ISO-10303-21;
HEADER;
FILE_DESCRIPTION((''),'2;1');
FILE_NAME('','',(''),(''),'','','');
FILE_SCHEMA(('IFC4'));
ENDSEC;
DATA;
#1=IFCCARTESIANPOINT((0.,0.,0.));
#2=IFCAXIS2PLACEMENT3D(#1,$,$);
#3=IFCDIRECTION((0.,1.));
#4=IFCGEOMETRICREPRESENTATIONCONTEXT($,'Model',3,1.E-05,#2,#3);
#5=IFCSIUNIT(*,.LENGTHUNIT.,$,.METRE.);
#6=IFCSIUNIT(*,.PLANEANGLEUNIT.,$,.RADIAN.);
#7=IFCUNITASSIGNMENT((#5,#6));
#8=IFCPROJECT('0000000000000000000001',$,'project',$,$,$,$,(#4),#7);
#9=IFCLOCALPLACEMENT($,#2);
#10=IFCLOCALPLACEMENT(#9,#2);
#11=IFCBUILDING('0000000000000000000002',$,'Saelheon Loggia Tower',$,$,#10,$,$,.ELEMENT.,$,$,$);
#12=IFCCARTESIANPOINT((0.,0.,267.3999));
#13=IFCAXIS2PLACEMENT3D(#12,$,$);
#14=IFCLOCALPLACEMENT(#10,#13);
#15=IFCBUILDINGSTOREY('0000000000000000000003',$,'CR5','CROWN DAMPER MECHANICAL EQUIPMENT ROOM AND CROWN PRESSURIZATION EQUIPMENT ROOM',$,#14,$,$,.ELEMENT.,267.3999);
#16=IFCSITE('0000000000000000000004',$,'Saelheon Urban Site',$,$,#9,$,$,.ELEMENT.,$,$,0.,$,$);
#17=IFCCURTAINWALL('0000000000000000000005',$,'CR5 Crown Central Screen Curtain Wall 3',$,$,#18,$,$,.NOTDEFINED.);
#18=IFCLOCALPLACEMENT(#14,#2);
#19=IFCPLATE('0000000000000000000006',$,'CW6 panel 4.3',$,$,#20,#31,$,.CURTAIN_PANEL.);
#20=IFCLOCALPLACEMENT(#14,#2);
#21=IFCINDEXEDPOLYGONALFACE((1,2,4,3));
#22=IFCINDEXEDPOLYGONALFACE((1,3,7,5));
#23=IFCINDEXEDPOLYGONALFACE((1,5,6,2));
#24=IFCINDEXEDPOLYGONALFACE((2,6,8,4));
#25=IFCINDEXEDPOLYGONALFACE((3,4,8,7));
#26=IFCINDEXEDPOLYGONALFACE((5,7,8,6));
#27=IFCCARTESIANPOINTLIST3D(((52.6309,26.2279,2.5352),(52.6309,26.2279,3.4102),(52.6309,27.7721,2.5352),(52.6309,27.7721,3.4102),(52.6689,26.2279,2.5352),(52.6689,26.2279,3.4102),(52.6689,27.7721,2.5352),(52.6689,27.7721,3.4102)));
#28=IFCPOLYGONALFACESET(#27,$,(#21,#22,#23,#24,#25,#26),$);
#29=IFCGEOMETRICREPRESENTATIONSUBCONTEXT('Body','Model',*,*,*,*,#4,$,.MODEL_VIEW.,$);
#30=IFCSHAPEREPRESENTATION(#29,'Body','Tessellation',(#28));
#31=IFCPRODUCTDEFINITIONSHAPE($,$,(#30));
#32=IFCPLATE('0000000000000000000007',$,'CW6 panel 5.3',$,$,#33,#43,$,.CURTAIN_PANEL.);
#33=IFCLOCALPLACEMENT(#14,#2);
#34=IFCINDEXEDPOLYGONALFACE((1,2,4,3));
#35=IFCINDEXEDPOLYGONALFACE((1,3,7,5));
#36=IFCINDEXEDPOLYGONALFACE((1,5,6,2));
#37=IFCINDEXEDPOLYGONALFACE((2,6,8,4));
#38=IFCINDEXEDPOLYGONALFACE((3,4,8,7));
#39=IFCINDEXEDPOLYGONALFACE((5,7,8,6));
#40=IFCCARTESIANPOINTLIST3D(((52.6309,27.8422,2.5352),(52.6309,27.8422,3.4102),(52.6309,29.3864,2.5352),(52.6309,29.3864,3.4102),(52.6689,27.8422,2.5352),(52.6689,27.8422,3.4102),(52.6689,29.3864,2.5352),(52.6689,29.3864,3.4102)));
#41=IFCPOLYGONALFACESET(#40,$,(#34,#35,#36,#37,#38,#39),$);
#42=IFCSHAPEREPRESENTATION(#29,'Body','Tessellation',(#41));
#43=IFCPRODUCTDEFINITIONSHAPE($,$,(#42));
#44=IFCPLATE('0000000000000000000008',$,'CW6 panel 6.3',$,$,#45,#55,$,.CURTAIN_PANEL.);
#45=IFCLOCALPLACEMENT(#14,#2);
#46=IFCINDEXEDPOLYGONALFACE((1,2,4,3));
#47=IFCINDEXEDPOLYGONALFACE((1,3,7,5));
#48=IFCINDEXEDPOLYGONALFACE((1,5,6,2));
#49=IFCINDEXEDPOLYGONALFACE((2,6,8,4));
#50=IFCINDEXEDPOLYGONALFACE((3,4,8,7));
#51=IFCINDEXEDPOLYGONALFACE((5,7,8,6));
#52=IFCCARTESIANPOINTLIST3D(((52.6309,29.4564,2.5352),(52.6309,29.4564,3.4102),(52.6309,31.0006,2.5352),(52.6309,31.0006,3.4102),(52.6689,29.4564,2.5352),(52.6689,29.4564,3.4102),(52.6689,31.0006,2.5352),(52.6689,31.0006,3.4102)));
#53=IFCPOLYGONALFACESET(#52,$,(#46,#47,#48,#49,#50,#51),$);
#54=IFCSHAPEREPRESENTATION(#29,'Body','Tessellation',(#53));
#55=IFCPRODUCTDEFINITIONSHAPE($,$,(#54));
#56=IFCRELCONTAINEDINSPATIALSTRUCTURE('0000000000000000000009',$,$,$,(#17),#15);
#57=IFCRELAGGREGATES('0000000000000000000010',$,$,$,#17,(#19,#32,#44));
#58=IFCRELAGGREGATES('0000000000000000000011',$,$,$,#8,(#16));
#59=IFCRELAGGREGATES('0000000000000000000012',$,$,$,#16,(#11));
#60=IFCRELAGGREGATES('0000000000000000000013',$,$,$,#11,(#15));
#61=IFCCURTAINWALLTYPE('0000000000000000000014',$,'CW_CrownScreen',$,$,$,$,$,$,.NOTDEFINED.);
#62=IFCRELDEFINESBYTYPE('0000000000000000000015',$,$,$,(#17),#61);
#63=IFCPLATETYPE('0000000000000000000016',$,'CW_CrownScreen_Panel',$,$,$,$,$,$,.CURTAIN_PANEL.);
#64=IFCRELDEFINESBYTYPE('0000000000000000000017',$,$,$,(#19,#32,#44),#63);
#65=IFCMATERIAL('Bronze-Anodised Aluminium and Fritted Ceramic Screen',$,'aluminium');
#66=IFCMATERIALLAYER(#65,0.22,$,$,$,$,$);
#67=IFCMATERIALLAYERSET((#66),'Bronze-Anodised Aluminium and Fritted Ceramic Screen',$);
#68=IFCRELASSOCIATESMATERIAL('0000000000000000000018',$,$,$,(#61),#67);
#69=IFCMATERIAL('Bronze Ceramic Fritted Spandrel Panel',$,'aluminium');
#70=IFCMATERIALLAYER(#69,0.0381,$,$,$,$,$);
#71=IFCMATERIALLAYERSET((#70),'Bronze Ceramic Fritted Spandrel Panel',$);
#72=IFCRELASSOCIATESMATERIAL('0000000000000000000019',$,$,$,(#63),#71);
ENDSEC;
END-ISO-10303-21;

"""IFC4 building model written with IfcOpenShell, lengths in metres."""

from ifc_helpers import new_model, si_unit, direction, frame, origin, origin_2d, place, context, subcontext, project, spatial, rectangle, extrude, source, transform, mapped, material, layer, layer_set, type_object, element, aggregate, save


model = new_model("IFC4")

# Units and contexts
model_context = context("Model", 3, precision=1e-05, world=origin(), true_north=direction((0.0, 1.0)))
body_context = subcontext(model_context, "Body", "Model", "MODEL_VIEW")
ifc_project = project(units=[si_unit("LENGTHUNIT", "METRE"), si_unit("PLANEANGLEUNIT", "RADIAN")], contexts=[model_context])

# Site, building, storey
site_placement = place(None, origin())
site = spatial("IfcSite", under=ifc_project, at=site_placement, Name="Saelheon Urban Site", CompositionType="ELEMENT", RefElevation=0.0)
building_placement = place(site_placement, origin())
building = spatial("IfcBuilding", under=site, at=building_placement, Name="Saelheon Loggia Tower", CompositionType="ELEMENT")
storey_placement = place(building_placement, frame((0.0, 0.0, 267.3999)))
storey = spatial("IfcBuildingStorey", under=building, at=storey_placement, Name="CR5", Description="CROWN DAMPER MECHANICAL EQUIPMENT ROOM AND CROWN PRESSURIZATION EQUIPMENT ROOM", CompositionType="ELEMENT", Elevation=267.3999)

# Curtain wall, plates
ifc_material_1 = material(Name="Bronze-Anodised Aluminium and Fritted Ceramic Screen", Category="aluminium")
ifc_layer_1 = layer(ifc_material_1, 0.22)
ifc_layer_set_1 = layer_set([ifc_layer_1], Name="Bronze-Anodised Aluminium and Fritted Ceramic Screen")
curtain_wall_type = type_object("IfcCurtainWallType", Name="CW_CrownScreen", PredefinedType="NOTDEFINED", material=ifc_layer_set_1)
curtain_wall_placement = place(storey_placement, origin())
curtain_wall = element("IfcCurtainWall", 1, at=curtain_wall_placement, inside=storey, type_object=curtain_wall_type, Name="CR5 Crown Central Screen Curtain Wall 3", PredefinedType="NOTDEFINED")
ifc_material_2 = material(Name="Bronze Ceramic Fritted Spandrel Panel", Category="aluminium")
ifc_layer_2 = layer(ifc_material_2, 0.0381)
ifc_layer_set_2 = layer_set([ifc_layer_2], Name="Bronze Ceramic Fritted Spandrel Panel")
plate_type = type_object("IfcPlateType", Name="CW_CrownScreen_Panel", PredefinedType="CURTAIN_PANEL", material=ifc_layer_set_2)
shared_shape_1 = source(origin(), body_context, "Body", "SweptSolid", [
    extrude(rectangle(XDim=1.5442, YDim=0.0381, at=origin_2d()), origin(), (0.0, 0.0, 1.0), 0.875),
])
plate_1_placement = place(storey_placement, frame((52.6499, 27.0, 2.5352), z_axis=(0.0, 0.0, 1.0), x_axis=(0.0, 1.0, 0.0)))
plate_1 = element("IfcPlate", 2, at=plate_1_placement, type_object=plate_type, Name="CW6 panel 4.3", PredefinedType="CURTAIN_PANEL", context=body_context, shape_type="MappedRepresentation", body=[
    mapped(shared_shape_1, transform((0.0, 0.0, 0.0), scale=1.0)),
])
plate_2_placement = place(storey_placement, frame((52.6499, 28.6143, 2.5352), z_axis=(0.0, 0.0, 1.0), x_axis=(0.0, 1.0, 0.0)))
plate_2 = element("IfcPlate", 3, at=plate_2_placement, type_object=plate_type, Name="CW6 panel 5.3", PredefinedType="CURTAIN_PANEL", context=body_context, shape_type="MappedRepresentation", body=[
    mapped(shared_shape_1, transform((0.0, 0.0, 0.0), scale=1.0)),
])
plate_3_placement = place(storey_placement, frame((52.6499, 30.2285, 2.5352), z_axis=(0.0, 0.0, 1.0), x_axis=(0.0, 1.0, 0.0)))
plate_3 = element("IfcPlate", 4, at=plate_3_placement, type_object=plate_type, Name="CW6 panel 6.3", PredefinedType="CURTAIN_PANEL", context=body_context, shape_type="MappedRepresentation", body=[
    mapped(shared_shape_1, transform((0.0, 0.0, 0.0), scale=1.0)),
])
aggregate(curtain_wall, [plate_1, plate_2, plate_3])

save(model, "model.ifc")
